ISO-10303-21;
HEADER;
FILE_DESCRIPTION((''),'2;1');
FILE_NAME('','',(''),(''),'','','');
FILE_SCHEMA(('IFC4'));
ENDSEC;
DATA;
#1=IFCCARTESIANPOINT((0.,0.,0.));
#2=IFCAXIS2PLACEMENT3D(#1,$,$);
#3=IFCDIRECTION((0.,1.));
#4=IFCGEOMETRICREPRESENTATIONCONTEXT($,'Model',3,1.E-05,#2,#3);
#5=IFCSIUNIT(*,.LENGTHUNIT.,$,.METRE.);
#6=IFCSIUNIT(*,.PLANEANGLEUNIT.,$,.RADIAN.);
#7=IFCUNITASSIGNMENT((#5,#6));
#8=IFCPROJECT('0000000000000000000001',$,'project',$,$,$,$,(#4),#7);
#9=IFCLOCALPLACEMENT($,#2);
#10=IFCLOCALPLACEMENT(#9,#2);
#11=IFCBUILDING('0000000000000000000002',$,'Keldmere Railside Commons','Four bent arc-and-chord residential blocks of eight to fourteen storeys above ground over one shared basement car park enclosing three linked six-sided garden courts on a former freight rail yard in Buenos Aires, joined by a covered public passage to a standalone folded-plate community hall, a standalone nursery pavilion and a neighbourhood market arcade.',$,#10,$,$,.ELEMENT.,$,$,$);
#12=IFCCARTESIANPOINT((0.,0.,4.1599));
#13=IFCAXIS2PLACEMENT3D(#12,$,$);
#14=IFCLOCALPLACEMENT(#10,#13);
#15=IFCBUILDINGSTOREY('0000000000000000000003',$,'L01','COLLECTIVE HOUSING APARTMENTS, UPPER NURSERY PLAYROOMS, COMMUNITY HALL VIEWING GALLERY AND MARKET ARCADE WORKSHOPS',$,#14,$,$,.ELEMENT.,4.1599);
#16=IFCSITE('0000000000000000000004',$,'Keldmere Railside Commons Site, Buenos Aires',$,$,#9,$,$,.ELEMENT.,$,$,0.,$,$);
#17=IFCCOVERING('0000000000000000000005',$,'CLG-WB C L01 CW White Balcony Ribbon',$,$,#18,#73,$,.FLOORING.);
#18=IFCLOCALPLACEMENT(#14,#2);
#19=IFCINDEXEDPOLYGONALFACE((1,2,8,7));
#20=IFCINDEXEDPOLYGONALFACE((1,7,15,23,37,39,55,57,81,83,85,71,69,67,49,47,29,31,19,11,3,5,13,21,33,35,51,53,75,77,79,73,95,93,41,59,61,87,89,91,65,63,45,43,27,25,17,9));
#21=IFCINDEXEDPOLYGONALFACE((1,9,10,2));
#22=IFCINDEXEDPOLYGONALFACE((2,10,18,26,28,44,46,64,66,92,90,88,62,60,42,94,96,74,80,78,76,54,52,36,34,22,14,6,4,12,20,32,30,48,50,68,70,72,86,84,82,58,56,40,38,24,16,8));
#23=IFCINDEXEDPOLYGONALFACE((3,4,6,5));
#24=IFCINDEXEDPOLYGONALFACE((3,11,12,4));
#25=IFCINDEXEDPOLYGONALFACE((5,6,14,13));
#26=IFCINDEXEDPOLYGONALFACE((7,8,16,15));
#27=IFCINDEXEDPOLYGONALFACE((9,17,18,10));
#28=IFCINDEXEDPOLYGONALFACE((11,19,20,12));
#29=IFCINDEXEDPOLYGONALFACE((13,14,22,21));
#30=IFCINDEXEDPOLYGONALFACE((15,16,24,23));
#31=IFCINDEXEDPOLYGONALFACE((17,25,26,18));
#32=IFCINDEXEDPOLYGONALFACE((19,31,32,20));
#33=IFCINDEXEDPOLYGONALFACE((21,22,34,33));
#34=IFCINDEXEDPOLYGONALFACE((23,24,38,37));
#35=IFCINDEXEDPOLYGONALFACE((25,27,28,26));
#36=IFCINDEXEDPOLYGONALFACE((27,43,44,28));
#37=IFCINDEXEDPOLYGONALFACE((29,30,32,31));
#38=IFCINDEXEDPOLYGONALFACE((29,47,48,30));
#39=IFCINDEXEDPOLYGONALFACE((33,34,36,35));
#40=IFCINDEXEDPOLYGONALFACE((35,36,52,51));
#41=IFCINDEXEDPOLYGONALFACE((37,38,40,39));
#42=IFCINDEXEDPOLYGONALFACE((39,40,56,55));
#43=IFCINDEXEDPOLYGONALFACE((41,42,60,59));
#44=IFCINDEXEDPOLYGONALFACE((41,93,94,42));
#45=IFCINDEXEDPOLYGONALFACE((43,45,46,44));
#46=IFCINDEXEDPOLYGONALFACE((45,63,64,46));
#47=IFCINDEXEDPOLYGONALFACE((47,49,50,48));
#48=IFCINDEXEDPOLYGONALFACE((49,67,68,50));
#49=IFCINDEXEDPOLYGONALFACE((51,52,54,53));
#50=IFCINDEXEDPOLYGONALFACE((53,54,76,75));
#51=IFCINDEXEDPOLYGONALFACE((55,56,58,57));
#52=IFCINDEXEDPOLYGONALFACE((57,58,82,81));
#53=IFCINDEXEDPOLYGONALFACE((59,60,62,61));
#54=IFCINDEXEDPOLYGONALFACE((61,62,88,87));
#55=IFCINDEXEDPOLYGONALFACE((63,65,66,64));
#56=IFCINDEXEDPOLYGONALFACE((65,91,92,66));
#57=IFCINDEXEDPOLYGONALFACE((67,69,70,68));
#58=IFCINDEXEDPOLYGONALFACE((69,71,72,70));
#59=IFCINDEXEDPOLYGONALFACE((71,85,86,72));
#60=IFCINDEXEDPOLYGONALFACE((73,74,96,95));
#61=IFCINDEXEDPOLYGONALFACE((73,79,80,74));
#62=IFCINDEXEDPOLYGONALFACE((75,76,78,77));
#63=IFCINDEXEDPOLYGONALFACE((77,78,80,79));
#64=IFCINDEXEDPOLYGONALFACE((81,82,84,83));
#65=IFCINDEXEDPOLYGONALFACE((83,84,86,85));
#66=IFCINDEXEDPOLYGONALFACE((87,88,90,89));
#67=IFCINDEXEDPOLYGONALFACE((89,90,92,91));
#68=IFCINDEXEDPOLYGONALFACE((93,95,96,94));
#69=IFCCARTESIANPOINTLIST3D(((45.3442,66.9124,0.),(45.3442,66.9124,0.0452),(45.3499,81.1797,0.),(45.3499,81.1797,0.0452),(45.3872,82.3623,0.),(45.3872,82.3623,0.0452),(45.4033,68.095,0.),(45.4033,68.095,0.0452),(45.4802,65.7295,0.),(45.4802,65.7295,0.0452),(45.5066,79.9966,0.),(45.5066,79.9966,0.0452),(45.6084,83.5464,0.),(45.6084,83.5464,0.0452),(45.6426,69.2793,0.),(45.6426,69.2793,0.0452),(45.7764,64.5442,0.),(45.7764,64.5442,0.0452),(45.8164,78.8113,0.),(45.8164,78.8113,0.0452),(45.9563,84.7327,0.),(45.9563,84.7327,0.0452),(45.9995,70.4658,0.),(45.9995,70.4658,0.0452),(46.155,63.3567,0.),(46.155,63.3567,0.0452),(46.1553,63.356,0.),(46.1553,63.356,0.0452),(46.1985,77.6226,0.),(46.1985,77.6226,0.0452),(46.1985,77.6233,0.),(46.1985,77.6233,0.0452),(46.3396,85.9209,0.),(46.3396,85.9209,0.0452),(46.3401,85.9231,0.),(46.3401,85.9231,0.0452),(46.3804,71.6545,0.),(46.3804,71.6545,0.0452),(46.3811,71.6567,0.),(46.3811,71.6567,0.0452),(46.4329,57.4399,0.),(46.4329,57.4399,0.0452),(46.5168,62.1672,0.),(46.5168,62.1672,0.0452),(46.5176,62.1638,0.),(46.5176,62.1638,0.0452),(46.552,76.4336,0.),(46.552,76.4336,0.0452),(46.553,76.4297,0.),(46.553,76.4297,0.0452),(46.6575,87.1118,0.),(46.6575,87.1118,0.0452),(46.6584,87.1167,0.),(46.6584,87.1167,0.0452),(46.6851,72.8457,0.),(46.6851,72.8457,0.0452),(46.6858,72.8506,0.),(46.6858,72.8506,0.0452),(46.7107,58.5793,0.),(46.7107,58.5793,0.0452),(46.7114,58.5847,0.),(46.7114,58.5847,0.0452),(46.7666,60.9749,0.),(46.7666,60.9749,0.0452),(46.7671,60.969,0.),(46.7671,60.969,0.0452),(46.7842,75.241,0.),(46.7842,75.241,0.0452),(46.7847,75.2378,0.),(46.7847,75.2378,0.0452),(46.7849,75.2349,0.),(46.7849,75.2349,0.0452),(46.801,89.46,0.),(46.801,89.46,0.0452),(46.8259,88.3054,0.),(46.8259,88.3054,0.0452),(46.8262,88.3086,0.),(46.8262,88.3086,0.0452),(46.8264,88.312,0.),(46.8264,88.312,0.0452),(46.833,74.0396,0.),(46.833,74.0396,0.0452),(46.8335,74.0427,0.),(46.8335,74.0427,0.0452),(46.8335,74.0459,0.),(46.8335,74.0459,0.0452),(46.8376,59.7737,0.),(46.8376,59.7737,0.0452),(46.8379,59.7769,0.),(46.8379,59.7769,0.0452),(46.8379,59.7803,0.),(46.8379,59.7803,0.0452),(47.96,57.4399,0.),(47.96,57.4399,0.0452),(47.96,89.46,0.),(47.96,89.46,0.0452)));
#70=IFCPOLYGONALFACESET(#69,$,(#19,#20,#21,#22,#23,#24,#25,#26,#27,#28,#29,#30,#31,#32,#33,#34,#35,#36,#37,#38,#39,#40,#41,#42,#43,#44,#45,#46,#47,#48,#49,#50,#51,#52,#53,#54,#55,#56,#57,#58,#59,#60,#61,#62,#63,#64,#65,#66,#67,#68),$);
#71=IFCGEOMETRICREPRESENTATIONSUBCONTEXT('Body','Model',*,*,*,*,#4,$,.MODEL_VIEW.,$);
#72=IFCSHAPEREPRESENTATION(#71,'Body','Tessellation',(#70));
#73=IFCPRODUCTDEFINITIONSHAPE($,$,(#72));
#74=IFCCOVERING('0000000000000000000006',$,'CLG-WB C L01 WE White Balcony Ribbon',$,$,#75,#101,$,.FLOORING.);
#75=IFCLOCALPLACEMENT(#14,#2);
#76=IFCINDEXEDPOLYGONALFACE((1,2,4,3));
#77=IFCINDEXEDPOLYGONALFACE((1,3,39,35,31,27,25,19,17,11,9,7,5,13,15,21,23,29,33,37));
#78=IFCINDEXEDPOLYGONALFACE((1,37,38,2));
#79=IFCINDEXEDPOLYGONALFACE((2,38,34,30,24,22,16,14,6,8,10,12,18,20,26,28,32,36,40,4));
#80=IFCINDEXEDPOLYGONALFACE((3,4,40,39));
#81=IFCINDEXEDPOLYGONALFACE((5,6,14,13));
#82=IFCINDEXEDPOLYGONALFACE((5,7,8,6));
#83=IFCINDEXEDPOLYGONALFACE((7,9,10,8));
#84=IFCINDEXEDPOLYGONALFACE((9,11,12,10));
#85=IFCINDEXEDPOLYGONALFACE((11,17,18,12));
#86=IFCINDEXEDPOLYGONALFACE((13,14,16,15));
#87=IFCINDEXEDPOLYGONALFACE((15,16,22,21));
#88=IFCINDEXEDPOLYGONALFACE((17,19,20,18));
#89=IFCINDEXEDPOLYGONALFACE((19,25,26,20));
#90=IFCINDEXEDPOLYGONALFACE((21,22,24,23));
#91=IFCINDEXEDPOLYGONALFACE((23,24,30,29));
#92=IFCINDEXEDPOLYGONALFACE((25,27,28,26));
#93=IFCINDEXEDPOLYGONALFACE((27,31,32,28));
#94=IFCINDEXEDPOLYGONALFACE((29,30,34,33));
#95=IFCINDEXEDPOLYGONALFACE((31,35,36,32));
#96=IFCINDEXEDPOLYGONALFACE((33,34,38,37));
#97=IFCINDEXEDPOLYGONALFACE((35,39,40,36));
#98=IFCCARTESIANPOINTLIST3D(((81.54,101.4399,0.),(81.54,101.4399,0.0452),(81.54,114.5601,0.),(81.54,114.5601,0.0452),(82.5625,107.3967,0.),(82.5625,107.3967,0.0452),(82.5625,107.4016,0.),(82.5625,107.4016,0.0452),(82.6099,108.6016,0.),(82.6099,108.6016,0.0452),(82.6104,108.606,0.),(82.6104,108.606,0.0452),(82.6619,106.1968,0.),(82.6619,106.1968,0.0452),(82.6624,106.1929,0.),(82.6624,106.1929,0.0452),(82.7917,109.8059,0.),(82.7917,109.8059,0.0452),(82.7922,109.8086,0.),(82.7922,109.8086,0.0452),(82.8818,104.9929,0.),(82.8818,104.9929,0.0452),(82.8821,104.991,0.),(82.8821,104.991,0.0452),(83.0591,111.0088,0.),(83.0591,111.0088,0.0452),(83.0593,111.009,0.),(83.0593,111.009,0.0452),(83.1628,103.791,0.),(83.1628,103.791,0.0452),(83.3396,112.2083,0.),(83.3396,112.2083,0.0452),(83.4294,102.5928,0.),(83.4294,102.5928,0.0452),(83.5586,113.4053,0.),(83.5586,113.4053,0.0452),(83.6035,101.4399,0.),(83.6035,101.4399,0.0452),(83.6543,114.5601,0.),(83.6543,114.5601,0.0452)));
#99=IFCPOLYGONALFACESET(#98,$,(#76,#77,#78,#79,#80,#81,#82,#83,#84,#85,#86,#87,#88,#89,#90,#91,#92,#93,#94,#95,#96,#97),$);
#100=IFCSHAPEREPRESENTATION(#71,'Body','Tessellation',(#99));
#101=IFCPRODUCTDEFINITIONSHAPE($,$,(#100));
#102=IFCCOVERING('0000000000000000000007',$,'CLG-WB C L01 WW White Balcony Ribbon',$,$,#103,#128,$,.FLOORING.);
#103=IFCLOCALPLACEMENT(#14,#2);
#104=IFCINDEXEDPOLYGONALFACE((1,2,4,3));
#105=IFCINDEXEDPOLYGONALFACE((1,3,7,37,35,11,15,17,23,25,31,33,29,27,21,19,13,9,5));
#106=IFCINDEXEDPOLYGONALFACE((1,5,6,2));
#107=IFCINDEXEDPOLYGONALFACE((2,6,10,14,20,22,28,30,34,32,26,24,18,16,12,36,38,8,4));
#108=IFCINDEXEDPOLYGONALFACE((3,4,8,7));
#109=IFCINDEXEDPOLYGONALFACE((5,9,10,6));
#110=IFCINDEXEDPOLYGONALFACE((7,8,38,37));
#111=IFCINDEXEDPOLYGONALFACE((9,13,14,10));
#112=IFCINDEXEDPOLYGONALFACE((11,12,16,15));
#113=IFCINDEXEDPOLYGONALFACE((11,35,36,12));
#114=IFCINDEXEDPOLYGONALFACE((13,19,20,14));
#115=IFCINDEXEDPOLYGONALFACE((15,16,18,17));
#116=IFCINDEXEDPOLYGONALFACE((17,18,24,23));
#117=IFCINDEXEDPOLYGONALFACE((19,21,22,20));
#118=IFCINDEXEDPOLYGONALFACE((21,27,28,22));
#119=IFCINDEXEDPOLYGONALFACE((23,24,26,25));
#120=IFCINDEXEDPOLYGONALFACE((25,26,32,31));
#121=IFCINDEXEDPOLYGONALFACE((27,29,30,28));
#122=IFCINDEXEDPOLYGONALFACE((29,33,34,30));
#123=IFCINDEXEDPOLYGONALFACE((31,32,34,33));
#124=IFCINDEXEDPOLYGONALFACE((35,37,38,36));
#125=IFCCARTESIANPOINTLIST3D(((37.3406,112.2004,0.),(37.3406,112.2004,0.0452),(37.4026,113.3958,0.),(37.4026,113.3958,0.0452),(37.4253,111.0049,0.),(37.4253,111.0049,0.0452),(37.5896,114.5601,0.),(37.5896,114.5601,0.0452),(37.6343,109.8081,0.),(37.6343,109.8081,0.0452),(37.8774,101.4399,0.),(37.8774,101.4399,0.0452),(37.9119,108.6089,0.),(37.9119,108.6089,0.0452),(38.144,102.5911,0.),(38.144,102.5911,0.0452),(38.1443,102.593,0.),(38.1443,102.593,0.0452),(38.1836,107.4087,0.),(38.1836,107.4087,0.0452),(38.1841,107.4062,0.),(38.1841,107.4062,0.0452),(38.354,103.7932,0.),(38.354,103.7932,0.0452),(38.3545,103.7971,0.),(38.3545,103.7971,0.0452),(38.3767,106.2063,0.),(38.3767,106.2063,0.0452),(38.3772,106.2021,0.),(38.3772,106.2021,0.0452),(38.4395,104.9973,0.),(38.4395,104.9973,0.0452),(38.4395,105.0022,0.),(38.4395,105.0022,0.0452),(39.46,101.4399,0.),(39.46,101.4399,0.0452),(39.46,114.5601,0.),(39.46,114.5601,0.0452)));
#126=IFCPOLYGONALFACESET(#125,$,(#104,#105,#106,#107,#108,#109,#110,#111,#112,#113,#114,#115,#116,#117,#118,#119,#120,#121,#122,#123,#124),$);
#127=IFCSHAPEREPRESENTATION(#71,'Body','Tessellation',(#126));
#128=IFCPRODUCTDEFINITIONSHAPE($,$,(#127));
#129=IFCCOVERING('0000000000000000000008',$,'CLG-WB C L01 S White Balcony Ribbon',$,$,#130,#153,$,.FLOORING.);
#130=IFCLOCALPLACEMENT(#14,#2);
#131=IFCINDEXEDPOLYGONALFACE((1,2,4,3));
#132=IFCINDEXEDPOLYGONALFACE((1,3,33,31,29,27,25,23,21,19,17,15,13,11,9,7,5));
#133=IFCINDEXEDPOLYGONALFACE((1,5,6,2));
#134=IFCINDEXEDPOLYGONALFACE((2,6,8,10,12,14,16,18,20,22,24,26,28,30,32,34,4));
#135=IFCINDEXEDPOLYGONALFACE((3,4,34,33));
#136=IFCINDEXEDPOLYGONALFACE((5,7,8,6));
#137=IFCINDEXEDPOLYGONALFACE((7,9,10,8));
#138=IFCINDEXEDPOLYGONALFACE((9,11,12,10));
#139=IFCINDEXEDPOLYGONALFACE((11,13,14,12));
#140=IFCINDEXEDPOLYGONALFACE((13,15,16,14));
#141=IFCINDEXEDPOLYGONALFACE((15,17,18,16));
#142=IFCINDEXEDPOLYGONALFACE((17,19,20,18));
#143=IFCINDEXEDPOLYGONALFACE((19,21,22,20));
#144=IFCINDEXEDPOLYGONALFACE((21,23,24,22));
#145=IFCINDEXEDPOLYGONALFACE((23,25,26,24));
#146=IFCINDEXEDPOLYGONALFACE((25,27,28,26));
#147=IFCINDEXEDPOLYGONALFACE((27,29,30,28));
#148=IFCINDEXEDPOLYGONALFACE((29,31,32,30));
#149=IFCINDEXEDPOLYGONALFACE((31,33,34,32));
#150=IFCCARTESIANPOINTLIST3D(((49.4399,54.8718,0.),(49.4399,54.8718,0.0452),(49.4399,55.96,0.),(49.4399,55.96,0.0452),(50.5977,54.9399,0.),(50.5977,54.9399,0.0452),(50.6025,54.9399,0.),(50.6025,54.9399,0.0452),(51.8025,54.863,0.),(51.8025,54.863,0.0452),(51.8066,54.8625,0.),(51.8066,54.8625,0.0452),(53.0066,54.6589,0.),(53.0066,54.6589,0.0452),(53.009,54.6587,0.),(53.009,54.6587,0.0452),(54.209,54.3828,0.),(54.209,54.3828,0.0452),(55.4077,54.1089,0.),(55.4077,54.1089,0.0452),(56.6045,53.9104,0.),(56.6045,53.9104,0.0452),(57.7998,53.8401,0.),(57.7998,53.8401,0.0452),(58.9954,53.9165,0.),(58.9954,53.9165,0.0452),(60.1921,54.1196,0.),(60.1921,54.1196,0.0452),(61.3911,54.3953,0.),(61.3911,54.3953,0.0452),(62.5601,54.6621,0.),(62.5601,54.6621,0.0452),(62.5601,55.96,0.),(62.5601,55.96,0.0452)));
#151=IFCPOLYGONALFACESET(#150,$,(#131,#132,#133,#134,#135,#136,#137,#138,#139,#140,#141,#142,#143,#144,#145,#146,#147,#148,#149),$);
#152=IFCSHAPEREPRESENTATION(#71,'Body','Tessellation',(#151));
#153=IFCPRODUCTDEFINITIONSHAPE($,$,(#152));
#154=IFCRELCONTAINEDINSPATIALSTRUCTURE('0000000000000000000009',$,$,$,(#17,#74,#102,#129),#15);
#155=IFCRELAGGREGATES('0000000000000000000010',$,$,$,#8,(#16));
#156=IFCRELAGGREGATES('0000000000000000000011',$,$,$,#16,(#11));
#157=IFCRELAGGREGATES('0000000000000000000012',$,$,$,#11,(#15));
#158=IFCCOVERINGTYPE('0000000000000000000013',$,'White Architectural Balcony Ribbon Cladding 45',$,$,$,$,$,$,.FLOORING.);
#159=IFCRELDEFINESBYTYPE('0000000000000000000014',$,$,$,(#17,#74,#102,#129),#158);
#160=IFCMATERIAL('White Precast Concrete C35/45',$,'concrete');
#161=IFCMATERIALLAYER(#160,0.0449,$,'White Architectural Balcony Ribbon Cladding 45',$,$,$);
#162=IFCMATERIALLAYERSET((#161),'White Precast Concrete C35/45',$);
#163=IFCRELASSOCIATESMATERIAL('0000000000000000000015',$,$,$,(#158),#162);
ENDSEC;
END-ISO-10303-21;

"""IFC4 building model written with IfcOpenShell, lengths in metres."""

from ifc_helpers import new_model, si_unit, direction, frame, origin, place, context, subcontext, project, spatial, polyline, outline, extrude, material, layer, layer_set, type_object, element, save


model = new_model("IFC4")

# Units and contexts
model_context = context("Model", 3, precision=1e-05, world=origin(), true_north=direction((0.0, 1.0)))
body_context = subcontext(model_context, "Body", "Model", "MODEL_VIEW")
ifc_project = project(units=[si_unit("LENGTHUNIT", "METRE"), si_unit("PLANEANGLEUNIT", "RADIAN")], contexts=[model_context])

# Site, building, storey
site_placement = place(None, origin())
site = spatial("IfcSite", under=ifc_project, at=site_placement, Name="Keldmere Railside Commons Site, Buenos Aires", CompositionType="ELEMENT", RefElevation=0.0)
building_placement = place(site_placement, origin())
building = spatial("IfcBuilding", under=site, at=building_placement, Name="Keldmere Railside Commons", Description="Four bent arc-and-chord residential blocks of eight to fourteen storeys above ground over one shared basement car park enclosing three linked six-sided garden courts on a former freight rail yard in Buenos Aires, joined by a covered public passage to a standalone folded-plate community hall, a standalone nursery pavilion and a neighbourhood market arcade.", CompositionType="ELEMENT")
storey_placement = place(building_placement, frame((0.0, 0.0, 4.1599)))
storey = spatial("IfcBuildingStorey", under=building, at=storey_placement, Name="L01", Description="COLLECTIVE HOUSING APARTMENTS, UPPER NURSERY PLAYROOMS, COMMUNITY HALL VIEWING GALLERY AND MARKET ARCADE WORKSHOPS", CompositionType="ELEMENT", Elevation=4.1599)

# Coverings
ifc_material_1 = material(Name="White Precast Concrete C35/45", Category="concrete")
ifc_layer_1 = layer(ifc_material_1, 0.0449, Name="White Architectural Balcony Ribbon Cladding 45")
ifc_layer_set_1 = layer_set([ifc_layer_1], Name="White Precast Concrete C35/45")
covering_type = type_object("IfcCoveringType", Name="White Architectural Balcony Ribbon Cladding 45", PredefinedType="FLOORING", material=ifc_layer_set_1)
covering_1_placement = place(storey_placement, origin())
element("IfcCovering", 1, at=covering_1_placement, inside=storey, type_object=covering_type, Name="CLG-WB C L01 CW White Balcony Ribbon", PredefinedType="FLOORING", context=body_context, shape_type="SweptSolid", body=[
    extrude(outline(polyline([(47.96, 89.46), (46.801, 89.46), (46.8264, 88.312), (46.8262, 88.3086), (46.8259, 88.3054), (46.6584, 87.1167), (46.6575, 87.1118), (46.3401, 85.9231), (46.3396, 85.9209), (45.9563, 84.7327), (45.6084, 83.5464), (45.3872, 82.3623), (45.3499, 81.1797), (45.5066, 79.9966), (45.8164, 78.8113), (46.1985, 77.6233), (46.1985, 77.6226), (46.552, 76.4336), (46.553, 76.4297), (46.7842, 75.241), (46.7847, 75.2378), (46.7849, 75.2349), (46.8335, 74.0459), (46.8335, 74.0427), (46.833, 74.0396), (46.6858, 72.8506), (46.6851, 72.8457), (46.3811, 71.6567), (46.3804, 71.6545), (45.9995, 70.4658), (45.6426, 69.2793), (45.4033, 68.095), (45.3442, 66.9124), (45.4802, 65.7295), (45.7764, 64.5442), (46.155, 63.3567), (46.1553, 63.356), (46.5168, 62.1672), (46.5176, 62.1638), (46.7666, 60.9749), (46.7671, 60.969), (46.8379, 59.7803), (46.8379, 59.7769), (46.8376, 59.7737), (46.7114, 58.5847), (46.7107, 58.5793), (46.4329, 57.4399), (47.96, 57.4399), (47.96, 89.46)])), origin(), (0.0, 0.0, 1.0), 0.0452),
])
covering_2_placement = place(storey_placement, origin())
element("IfcCovering", 2, at=covering_2_placement, inside=storey, type_object=covering_type, Name="CLG-WB C L01 WE White Balcony Ribbon", PredefinedType="FLOORING", context=body_context, shape_type="SweptSolid", body=[
    extrude(outline(polyline([(83.4294, 102.5928), (83.1628, 103.791), (82.8821, 104.991), (82.8818, 104.9929), (82.6624, 106.1929), (82.6619, 106.1968), (82.5625, 107.3967), (82.5625, 107.4016), (82.6099, 108.6016), (82.6104, 108.606), (82.7917, 109.8059), (82.7922, 109.8086), (83.0591, 111.0088), (83.0593, 111.009), (83.3396, 112.2083), (83.5586, 113.4053), (83.6543, 114.5601), (81.54, 114.5601), (81.54, 101.4399), (83.6035, 101.4399), (83.4294, 102.5928)])), origin(), (0.0, 0.0, 1.0), 0.0452),
])
covering_3_placement = place(storey_placement, origin())
element("IfcCovering", 3, at=covering_3_placement, inside=storey, type_object=covering_type, Name="CLG-WB C L01 WW White Balcony Ribbon", PredefinedType="FLOORING", context=body_context, shape_type="SweptSolid", body=[
    extrude(outline(polyline([(39.46, 114.5601), (37.5896, 114.5601), (37.4026, 113.3958), (37.3406, 112.2004), (37.4253, 111.0049), (37.6343, 109.8081), (37.9119, 108.6089), (37.9119, 108.6089), (38.1836, 107.4087), (38.1841, 107.4062), (38.3767, 106.2063), (38.3772, 106.2021), (38.4395, 105.0022), (38.4395, 104.9973), (38.3545, 103.7971), (38.354, 103.7932), (38.1443, 102.593), (38.144, 102.5911), (37.8774, 101.4399), (39.46, 101.4399), (39.46, 114.5601)])), origin(), (0.0, 0.0, 1.0), 0.0452),
])
covering_4_placement = place(storey_placement, origin())
element("IfcCovering", 4, at=covering_4_placement, inside=storey, type_object=covering_type, Name="CLG-WB C L01 S White Balcony Ribbon", PredefinedType="FLOORING", context=body_context, shape_type="SweptSolid", body=[
    extrude(outline(polyline([(50.5977, 54.9399), (50.6025, 54.9399), (51.8025, 54.863), (51.8066, 54.8625), (53.0066, 54.6589), (53.009, 54.6587), (54.209, 54.3828), (55.4077, 54.1089), (56.6045, 53.9104), (57.7998, 53.8401), (58.9954, 53.9165), (60.1921, 54.1196), (61.3911, 54.3953), (61.3911, 54.3953), (62.5601, 54.6621), (62.5601, 55.96), (49.4399, 55.96), (49.4399, 54.8718), (50.5977, 54.9399)])), origin(), (0.0, 0.0, 1.0), 0.0452),
])

save(model, "model.ifc")
